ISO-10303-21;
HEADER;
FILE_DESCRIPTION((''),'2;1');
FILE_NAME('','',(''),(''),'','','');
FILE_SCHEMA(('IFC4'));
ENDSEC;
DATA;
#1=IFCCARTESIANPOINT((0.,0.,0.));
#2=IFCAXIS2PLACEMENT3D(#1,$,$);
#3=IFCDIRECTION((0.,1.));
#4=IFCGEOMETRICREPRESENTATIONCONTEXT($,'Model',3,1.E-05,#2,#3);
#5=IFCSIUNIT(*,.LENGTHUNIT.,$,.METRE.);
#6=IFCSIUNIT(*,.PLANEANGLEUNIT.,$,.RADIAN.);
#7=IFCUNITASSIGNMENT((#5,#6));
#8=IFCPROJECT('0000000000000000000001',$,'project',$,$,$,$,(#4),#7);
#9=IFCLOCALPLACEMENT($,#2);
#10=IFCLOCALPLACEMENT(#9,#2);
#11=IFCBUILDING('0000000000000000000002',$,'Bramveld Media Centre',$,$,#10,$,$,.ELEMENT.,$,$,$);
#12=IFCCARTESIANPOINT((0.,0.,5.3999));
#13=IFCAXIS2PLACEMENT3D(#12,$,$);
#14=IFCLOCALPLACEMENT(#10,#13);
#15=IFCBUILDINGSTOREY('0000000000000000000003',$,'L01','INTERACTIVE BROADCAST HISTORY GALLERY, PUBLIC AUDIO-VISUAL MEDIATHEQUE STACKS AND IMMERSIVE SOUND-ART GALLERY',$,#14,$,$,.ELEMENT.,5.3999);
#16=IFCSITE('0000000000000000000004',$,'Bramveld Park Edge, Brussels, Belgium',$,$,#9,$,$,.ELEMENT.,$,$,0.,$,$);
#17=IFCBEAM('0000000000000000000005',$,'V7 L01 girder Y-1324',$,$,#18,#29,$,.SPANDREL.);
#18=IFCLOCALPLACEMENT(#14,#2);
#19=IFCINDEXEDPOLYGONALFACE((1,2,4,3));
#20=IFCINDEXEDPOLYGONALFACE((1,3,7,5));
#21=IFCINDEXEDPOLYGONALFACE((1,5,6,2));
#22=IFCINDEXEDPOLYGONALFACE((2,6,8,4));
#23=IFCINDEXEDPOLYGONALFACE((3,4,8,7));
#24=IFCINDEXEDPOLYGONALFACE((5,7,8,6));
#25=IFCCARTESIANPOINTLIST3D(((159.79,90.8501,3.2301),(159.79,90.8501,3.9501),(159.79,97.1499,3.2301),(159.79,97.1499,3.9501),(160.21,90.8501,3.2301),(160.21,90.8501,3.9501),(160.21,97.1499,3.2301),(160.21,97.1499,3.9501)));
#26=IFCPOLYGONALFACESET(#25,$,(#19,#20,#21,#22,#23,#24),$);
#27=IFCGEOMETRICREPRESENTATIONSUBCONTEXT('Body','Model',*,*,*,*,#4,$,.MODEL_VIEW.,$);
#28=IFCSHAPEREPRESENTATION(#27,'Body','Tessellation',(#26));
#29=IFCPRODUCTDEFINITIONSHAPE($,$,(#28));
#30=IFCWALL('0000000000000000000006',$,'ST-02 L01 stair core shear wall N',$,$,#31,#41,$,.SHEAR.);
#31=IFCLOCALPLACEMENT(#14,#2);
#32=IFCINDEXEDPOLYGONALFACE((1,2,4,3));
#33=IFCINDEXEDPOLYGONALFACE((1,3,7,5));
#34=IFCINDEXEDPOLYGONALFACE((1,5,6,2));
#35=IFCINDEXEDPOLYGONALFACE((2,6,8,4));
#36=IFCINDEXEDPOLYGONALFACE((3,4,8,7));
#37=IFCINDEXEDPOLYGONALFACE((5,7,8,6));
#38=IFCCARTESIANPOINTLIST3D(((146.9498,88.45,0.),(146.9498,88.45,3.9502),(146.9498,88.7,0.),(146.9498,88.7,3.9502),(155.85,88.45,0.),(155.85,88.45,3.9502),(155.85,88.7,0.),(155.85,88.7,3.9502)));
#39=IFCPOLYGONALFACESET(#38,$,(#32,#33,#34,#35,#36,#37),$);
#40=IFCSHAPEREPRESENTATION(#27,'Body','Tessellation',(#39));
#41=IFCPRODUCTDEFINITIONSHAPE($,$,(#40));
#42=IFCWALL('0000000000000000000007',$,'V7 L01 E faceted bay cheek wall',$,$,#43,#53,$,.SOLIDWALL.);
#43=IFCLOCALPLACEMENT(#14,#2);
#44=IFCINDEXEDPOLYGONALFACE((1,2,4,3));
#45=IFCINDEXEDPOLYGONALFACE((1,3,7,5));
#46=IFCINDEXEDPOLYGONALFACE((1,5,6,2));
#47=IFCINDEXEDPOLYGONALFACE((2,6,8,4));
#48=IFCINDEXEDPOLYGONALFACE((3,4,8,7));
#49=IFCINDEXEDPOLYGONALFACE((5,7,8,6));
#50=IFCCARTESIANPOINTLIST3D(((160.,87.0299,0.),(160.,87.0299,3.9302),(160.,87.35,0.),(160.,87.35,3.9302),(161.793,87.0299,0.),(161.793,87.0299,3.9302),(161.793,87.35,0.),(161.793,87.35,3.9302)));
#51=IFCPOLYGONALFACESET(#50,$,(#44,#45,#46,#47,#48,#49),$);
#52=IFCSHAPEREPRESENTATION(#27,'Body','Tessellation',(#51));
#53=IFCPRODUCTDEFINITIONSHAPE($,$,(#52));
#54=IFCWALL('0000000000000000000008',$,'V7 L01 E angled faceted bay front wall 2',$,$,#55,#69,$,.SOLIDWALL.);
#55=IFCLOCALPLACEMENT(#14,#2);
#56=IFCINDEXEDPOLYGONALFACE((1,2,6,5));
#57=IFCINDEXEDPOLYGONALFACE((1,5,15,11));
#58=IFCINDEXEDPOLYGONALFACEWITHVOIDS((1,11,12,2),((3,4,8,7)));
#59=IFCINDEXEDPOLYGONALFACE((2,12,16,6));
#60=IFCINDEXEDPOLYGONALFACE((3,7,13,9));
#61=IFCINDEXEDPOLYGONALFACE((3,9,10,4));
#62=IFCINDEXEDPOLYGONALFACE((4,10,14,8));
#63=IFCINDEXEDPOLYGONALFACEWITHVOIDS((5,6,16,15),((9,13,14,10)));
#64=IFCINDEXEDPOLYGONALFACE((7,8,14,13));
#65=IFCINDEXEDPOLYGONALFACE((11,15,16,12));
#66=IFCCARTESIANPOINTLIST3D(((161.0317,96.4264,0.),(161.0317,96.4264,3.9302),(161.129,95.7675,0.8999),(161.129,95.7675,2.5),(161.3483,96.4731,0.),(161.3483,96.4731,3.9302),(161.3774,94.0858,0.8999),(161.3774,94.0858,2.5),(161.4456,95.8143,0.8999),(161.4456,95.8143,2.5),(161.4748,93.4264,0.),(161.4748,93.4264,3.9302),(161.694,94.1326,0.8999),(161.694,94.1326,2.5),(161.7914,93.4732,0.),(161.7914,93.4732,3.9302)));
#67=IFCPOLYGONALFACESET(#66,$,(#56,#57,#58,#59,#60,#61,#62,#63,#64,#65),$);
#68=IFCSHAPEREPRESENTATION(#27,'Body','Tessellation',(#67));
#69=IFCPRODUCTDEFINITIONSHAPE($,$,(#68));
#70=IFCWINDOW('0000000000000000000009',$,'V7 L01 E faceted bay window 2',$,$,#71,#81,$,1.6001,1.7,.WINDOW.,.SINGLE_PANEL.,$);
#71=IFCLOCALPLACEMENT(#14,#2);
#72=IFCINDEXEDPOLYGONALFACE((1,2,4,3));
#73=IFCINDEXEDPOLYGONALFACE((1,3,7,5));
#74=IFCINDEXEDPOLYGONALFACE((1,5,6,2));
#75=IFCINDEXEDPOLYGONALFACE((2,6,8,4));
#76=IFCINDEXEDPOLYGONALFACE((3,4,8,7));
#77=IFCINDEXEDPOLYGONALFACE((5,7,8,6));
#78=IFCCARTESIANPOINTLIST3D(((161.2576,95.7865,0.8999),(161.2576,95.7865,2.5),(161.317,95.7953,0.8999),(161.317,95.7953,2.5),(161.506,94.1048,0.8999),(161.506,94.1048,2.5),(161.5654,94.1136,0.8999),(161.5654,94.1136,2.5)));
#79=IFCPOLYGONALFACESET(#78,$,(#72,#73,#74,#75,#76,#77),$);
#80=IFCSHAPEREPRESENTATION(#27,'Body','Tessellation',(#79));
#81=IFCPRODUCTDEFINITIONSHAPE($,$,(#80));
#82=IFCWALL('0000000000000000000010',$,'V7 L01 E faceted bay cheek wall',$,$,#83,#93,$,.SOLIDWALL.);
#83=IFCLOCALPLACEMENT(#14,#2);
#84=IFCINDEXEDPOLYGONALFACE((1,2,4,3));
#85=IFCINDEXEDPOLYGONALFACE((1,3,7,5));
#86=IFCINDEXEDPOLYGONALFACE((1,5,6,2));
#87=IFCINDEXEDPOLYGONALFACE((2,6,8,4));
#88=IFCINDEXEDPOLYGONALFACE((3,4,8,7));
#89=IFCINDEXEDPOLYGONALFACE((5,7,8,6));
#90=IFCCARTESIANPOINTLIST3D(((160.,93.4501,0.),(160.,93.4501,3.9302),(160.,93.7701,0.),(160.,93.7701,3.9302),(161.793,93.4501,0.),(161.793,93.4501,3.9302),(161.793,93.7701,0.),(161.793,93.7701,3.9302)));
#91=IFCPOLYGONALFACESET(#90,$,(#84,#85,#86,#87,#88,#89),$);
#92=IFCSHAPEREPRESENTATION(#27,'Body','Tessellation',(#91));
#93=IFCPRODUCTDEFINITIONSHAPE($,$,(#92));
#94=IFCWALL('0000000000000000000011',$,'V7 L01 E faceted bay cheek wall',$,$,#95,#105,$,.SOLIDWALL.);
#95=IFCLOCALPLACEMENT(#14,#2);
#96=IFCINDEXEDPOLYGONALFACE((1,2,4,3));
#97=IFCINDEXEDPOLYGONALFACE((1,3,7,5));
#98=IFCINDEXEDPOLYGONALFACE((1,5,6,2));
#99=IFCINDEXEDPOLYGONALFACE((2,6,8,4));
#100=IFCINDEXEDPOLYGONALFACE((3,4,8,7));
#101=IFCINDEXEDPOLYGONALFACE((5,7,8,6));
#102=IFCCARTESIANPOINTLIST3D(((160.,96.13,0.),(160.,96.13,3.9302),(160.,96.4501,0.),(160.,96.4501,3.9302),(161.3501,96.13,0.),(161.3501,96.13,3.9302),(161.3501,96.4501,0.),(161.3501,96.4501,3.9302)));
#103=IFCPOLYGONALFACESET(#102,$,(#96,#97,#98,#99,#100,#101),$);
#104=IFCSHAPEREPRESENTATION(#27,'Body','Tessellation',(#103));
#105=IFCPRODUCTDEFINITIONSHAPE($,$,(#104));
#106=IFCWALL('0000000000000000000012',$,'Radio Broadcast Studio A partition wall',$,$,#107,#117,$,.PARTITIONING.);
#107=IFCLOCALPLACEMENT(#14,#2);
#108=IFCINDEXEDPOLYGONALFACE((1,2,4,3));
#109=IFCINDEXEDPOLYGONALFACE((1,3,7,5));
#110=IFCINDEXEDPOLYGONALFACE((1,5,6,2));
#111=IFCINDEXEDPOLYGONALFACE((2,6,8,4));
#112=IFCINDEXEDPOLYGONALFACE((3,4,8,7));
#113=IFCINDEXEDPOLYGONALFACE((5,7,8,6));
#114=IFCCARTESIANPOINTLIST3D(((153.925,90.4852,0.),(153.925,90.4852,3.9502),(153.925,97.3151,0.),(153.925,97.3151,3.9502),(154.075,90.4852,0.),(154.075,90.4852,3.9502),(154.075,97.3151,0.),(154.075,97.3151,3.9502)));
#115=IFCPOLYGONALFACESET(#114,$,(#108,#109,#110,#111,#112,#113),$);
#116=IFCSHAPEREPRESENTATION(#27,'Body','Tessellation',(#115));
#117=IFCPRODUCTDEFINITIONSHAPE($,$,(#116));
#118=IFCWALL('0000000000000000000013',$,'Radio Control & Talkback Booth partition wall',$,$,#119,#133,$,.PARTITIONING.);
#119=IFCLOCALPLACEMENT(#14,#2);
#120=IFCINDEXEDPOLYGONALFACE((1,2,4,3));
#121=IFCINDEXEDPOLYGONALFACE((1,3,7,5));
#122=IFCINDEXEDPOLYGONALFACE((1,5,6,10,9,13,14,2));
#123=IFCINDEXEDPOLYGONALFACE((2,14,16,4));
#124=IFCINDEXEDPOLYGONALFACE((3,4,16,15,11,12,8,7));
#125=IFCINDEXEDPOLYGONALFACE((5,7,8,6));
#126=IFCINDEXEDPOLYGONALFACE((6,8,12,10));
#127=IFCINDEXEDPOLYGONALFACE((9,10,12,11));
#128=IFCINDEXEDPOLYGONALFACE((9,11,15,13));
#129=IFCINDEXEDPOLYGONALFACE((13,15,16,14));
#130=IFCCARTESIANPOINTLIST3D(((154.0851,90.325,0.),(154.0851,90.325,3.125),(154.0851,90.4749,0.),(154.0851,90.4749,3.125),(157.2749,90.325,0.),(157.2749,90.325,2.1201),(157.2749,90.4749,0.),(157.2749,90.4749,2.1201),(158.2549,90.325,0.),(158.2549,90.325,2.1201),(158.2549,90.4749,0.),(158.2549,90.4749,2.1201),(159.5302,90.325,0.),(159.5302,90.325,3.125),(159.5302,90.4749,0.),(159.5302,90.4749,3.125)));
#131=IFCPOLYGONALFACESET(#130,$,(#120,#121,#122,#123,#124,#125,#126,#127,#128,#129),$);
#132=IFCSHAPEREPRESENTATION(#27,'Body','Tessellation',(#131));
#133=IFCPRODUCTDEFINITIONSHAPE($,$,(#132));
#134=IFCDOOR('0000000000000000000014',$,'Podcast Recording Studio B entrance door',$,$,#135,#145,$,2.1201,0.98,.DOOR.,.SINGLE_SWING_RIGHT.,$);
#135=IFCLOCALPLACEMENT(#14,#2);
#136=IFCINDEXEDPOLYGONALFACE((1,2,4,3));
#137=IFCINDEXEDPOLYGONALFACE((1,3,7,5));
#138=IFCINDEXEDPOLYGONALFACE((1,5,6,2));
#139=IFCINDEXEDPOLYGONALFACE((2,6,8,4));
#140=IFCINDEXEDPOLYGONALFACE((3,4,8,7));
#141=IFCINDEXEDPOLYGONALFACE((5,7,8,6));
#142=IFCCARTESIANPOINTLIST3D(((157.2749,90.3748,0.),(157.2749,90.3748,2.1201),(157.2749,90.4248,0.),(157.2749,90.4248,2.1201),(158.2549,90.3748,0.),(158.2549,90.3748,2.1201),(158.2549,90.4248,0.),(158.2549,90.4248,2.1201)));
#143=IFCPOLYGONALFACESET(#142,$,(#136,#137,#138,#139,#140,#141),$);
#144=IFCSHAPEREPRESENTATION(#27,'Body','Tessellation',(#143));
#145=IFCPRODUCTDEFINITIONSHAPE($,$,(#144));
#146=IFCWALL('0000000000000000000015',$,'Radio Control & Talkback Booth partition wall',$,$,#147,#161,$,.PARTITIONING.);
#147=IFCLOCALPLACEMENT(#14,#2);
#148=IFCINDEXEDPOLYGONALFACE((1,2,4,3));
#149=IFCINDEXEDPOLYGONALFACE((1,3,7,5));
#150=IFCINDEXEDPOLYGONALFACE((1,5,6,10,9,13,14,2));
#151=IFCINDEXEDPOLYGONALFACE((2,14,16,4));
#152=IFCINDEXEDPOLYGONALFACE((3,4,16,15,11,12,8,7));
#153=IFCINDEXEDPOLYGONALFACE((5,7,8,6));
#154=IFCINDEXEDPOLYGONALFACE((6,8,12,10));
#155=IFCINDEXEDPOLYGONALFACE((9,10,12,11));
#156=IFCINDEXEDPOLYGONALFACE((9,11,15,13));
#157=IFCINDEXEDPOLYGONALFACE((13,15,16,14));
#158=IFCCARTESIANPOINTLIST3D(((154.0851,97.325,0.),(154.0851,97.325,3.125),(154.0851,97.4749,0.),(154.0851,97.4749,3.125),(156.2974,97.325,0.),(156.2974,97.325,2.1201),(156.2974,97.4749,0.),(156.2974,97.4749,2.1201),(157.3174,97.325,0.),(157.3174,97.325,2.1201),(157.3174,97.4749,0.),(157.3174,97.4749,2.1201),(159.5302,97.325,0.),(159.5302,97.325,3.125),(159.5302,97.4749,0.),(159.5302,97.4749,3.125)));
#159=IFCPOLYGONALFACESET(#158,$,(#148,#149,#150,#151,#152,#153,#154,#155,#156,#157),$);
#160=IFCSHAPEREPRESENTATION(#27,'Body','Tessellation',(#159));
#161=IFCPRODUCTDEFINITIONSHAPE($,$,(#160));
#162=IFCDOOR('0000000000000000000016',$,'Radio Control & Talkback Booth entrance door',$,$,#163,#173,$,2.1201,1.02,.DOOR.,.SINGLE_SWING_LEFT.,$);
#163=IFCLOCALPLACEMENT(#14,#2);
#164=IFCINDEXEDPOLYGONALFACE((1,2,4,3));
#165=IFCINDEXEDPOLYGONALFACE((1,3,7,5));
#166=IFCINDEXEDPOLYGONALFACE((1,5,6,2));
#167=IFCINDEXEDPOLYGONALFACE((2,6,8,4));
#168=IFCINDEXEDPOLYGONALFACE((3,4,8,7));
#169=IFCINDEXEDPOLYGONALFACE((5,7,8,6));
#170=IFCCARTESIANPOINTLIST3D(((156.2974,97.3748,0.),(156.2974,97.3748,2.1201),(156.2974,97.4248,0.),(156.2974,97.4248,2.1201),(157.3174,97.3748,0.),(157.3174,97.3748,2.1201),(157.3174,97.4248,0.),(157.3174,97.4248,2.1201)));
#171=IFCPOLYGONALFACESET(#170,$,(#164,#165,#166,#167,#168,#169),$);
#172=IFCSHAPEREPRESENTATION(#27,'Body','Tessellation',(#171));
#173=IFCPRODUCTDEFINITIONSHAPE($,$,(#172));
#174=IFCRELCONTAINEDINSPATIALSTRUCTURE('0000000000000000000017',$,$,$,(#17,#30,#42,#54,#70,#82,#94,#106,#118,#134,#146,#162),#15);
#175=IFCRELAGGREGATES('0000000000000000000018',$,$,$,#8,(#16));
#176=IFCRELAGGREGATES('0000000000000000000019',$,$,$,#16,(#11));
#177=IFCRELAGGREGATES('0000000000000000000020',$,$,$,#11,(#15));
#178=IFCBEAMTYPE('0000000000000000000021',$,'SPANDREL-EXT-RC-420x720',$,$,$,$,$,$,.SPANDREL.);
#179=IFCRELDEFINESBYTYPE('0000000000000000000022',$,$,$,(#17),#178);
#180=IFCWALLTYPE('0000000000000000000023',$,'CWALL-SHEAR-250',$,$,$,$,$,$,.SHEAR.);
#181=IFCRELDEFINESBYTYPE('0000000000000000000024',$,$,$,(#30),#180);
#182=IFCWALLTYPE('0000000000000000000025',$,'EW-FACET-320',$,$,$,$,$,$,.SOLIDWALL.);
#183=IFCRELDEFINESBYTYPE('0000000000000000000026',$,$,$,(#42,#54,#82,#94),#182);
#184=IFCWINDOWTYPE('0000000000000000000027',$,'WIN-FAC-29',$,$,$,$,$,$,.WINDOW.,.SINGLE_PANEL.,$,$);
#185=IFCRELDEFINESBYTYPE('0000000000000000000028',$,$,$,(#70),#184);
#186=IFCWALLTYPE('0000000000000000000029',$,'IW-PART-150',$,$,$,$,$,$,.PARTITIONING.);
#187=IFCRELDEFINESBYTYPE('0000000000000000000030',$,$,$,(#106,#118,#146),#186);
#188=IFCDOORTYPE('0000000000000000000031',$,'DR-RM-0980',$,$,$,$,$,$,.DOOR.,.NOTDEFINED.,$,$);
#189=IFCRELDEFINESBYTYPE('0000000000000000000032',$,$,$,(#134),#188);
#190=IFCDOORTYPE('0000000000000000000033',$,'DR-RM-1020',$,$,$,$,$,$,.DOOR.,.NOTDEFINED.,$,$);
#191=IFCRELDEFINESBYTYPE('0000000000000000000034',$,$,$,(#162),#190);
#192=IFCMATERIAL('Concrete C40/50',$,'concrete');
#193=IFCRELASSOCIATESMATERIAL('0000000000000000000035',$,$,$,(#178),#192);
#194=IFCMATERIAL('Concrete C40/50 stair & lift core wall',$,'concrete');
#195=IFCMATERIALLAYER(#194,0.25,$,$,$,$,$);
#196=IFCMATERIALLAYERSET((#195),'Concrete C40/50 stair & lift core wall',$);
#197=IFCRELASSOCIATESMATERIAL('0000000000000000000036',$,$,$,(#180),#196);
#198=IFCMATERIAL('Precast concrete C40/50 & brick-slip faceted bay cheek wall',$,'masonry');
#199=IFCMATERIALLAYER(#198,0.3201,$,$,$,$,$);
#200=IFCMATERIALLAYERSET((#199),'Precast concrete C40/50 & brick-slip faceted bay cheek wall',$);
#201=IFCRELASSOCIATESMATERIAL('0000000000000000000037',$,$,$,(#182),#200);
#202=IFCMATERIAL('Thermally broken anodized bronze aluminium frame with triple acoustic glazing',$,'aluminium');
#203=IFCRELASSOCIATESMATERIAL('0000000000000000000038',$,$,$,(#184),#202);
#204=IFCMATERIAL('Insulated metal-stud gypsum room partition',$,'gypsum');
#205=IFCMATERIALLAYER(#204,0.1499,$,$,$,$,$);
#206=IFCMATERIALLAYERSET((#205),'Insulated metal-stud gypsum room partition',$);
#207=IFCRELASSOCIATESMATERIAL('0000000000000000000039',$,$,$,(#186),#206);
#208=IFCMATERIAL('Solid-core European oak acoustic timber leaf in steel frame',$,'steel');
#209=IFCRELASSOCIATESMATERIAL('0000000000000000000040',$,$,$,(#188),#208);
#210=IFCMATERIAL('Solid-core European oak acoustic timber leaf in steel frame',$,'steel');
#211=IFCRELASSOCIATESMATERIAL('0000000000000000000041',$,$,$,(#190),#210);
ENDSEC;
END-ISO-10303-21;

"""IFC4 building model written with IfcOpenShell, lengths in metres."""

from ifc_helpers import new_model, si_unit, direction, frame, frame_2d, origin, origin_2d, place, context, subcontext, project, spatial, rectangle, extrude, material, layer, layer_set, material_profile, profile_set, type_object, element, fill, save


model = new_model("IFC4")

# Units and contexts
model_context = context("Model", 3, precision=1e-05, world=origin(), true_north=direction((0.0, 1.0)))
body_context = subcontext(model_context, "Body", "Model", "MODEL_VIEW")
ifc_project = project(units=[si_unit("LENGTHUNIT", "METRE"), si_unit("PLANEANGLEUNIT", "RADIAN")], contexts=[model_context])

# Site, building, storey
site_placement = place(None, origin())
site = spatial("IfcSite", under=ifc_project, at=site_placement, Name="Bramveld Park Edge, Brussels, Belgium", CompositionType="ELEMENT", RefElevation=0.0)
building_placement = place(site_placement, origin())
building = spatial("IfcBuilding", under=site, at=building_placement, Name="Bramveld Media Centre", CompositionType="ELEMENT")
storey_placement = place(building_placement, frame((0.0, 0.0, 5.3999)))
storey = spatial("IfcBuildingStorey", under=building, at=storey_placement, Name="L01", Description="INTERACTIVE BROADCAST HISTORY GALLERY, PUBLIC AUDIO-VISUAL MEDIATHEQUE STACKS AND IMMERSIVE SOUND-ART GALLERY", CompositionType="ELEMENT", Elevation=5.3999)

# Beam
ifc_material_1 = material(Name="Concrete C40/50", Category="concrete")
ifc_material_profile_1 = material_profile(ifc_material_1, rectangle(XDim=0.4199, YDim=0.72, at=origin_2d()), Name="RC 420x720")
ifc_profile_set_1 = profile_set([ifc_material_profile_1], Name="Concrete C40/50")
beam_type_1 = type_object("IfcBeamType", Name="SPANDREL-EXT-RC-420x720", PredefinedType="SPANDREL", material=ifc_profile_set_1)
beam_1_placement = place(storey_placement, frame((160.0, 90.8501, 3.5901), z_axis=(0.0, 1.0, 0.0), x_axis=(-1.0, 0.0, 0.0)))
element("IfcBeam", 1, at=beam_1_placement, inside=storey, type_object=beam_type_1, Name="V7 L01 girder Y-1324", PredefinedType="SPANDREL", context=body_context, shape_type="SweptSolid", body=[
    extrude(rectangle(XDim=0.4199, YDim=0.72, at=origin_2d()), origin(), (0.0, 0.0, 1.0), 6.2998),
])

# Walls
ifc_material_2 = material(Name="Concrete C40/50 stair & lift core wall", Category="concrete")
ifc_layer_1 = layer(ifc_material_2, 0.25)
ifc_layer_set_1 = layer_set([ifc_layer_1], Name="Concrete C40/50 stair & lift core wall")
wall_type_1 = type_object("IfcWallType", Name="CWALL-SHEAR-250", PredefinedType="SHEAR", material=ifc_layer_set_1)
wall_1_placement = place(storey_placement, frame((155.8501, 88.575, 0.0), z_axis=(0.0, 0.0, 1.0), x_axis=(-1.0, 0.0, 0.0)))
element("IfcWall", 2, at=wall_1_placement, inside=storey, type_object=wall_type_1, Name="ST-02 L01 stair core shear wall N", PredefinedType="SHEAR", context=body_context, shape_type="SweptSolid", body=[
    extrude(rectangle(XDim=8.9001, YDim=0.25, at=frame_2d((4.4502, 0.0))), origin(), (0.0, 0.0, 1.0), 3.9502),
])
ifc_material_3 = material(Name="Precast concrete C40/50 & brick-slip faceted bay cheek wall", Category="masonry")
ifc_layer_2 = layer(ifc_material_3, 0.3201)
ifc_layer_set_2 = layer_set([ifc_layer_2], Name="Precast concrete C40/50 & brick-slip faceted bay cheek wall")
wall_type_2 = type_object("IfcWallType", Name="EW-FACET-320", PredefinedType="SOLIDWALL", material=ifc_layer_set_2)
wall_2_placement = place(storey_placement, frame((160.0, 87.1899, 0.0), z_axis=(0.0, 0.0, 1.0), x_axis=(1.0, 0.0, 0.0)))
element("IfcWall", 3, at=wall_2_placement, inside=storey, type_object=wall_type_2, Name="V7 L01 E faceted bay cheek wall", PredefinedType="SOLIDWALL", context=body_context, shape_type="SweptSolid", body=[
    extrude(rectangle(XDim=1.793, YDim=0.3201, at=frame_2d((0.8965, 0.0))), origin(), (0.0, 0.0, 1.0), 3.9302),
])

# Wall, opening, window
wall_3_placement = place(storey_placement, frame((161.6331, 93.45, 0.0), z_axis=(0.0, 0.0, 1.0), x_axis=(-0.14612, 0.989267, 0.0)))
wall_3 = element("IfcWall", 4, at=wall_3_placement, inside=storey, type_object=wall_type_2, Name="V7 L01 E angled faceted bay front wall 2", PredefinedType="SOLIDWALL", context=body_context, shape_type="SweptSolid", body=[
    extrude(rectangle(XDim=3.0325, YDim=0.3201, at=frame_2d((1.5161, 0.0))), origin(), (0.0, 0.0, 1.0), 3.9302),
])
opening_1_placement = place(wall_3_placement, frame((0.6663, 0.0, 0.8999)))
opening_1 = element("IfcOpeningElement", 5, at=opening_1_placement, cuts=wall_3, PredefinedType="OPENING", context=body_context, shape_type="SweptSolid", body=[
    extrude(rectangle(XDim=1.7, YDim=1.6001, at=frame_2d((0.8501, 0.8))), frame((0.0, 0.1719, 0.0), z_axis=(0.0, -1.0, 0.0), x_axis=(1.0, 0.0, 0.0)), (0.0, 0.0, 1.0), 0.344),
])
ifc_material_4 = material(Name="Thermally broken anodized bronze aluminium frame with triple acoustic glazing", Category="aluminium")
window_type = type_object("IfcWindowType", Name="WIN-FAC-29", PartitioningType="SINGLE_PANEL", PredefinedType="WINDOW", material=ifc_material_4)
window_placement = place(opening_1_placement, origin())
window = element("IfcWindow", 6, at=window_placement, inside=storey, type_object=window_type, Name="V7 L01 E faceted bay window 2", OverallHeight=1.6001, OverallWidth=1.7, PartitioningType="SINGLE_PANEL", PredefinedType="WINDOW", context=body_context, shape_type="SweptSolid", body=[
    extrude(rectangle(XDim=1.7, YDim=1.6001, at=frame_2d((0.8501, 0.8))), frame((0.0, 0.03, 0.0), z_axis=(0.0, -1.0, 0.0), x_axis=(1.0, 0.0, 0.0)), (0.0, 0.0, 1.0), 0.0601),
])
fill(opening_1, window)

# Walls
wall_4_placement = place(storey_placement, frame((160.0, 93.6101, 0.0), z_axis=(0.0, 0.0, 1.0), x_axis=(1.0, 0.0, 0.0)))
element("IfcWall", 7, at=wall_4_placement, inside=storey, type_object=wall_type_2, Name="V7 L01 E faceted bay cheek wall", PredefinedType="SOLIDWALL", context=body_context, shape_type="SweptSolid", body=[
    extrude(rectangle(XDim=1.793, YDim=0.3201, at=frame_2d((0.8965, 0.0))), origin(), (0.0, 0.0, 1.0), 3.9302),
])
wall_5_placement = place(storey_placement, frame((160.0, 96.29, 0.0), z_axis=(0.0, 0.0, 1.0), x_axis=(1.0, 0.0, 0.0)))
element("IfcWall", 8, at=wall_5_placement, inside=storey, type_object=wall_type_2, Name="V7 L01 E faceted bay cheek wall", PredefinedType="SOLIDWALL", context=body_context, shape_type="SweptSolid", body=[
    extrude(rectangle(XDim=1.3501, YDim=0.3201, at=frame_2d((0.675, 0.0))), origin(), (0.0, 0.0, 1.0), 3.9302),
])
ifc_material_5 = material(Name="Insulated metal-stud gypsum room partition", Category="gypsum")
ifc_layer_3 = layer(ifc_material_5, 0.1499)
ifc_layer_set_3 = layer_set([ifc_layer_3], Name="Insulated metal-stud gypsum room partition")
wall_type_3 = type_object("IfcWallType", Name="IW-PART-150", PredefinedType="PARTITIONING", material=ifc_layer_set_3)
wall_6_placement = place(storey_placement, frame((154.0, 90.4851, 0.0), z_axis=(0.0, 0.0, 1.0), x_axis=(0.0, 1.0, 0.0)))
element("IfcWall", 9, at=wall_6_placement, inside=storey, type_object=wall_type_3, Name="Radio Broadcast Studio A partition wall", PredefinedType="PARTITIONING", context=body_context, shape_type="SweptSolid", body=[
    extrude(rectangle(XDim=6.8298, YDim=0.1499, at=frame_2d((3.415, 0.0))), origin(), (0.0, 0.0, 1.0), 3.9502),
])

# Walls, openings, doors
wall_7_placement = place(storey_placement, frame((154.085, 90.3999, 0.0), z_axis=(0.0, 0.0, 1.0), x_axis=(1.0, 0.0, 0.0)))
wall_7 = element("IfcWall", 10, at=wall_7_placement, inside=storey, type_object=wall_type_3, Name="Radio Control & Talkback Booth partition wall", PredefinedType="PARTITIONING", context=body_context, shape_type="SweptSolid", body=[
    extrude(rectangle(XDim=5.4451, YDim=0.1499, at=frame_2d((2.7227, 0.0))), origin(), (0.0, 0.0, 1.0), 3.125),
])
opening_2_placement = place(wall_7_placement, frame((3.1899, 0.0, 0.0)))
opening_2 = element("IfcOpeningElement", 11, at=opening_2_placement, cuts=wall_7, PredefinedType="OPENING", context=body_context, shape_type="SweptSolid", body=[
    extrude(rectangle(XDim=0.98, YDim=2.1201, at=frame_2d((0.49, 1.0601))), frame((0.0, 0.0869, 0.0), z_axis=(0.0, -1.0, 0.0), x_axis=(1.0, 0.0, 0.0)), (0.0, 0.0, 1.0), 0.1738),
])
ifc_material_6 = material(Name="Solid-core European oak acoustic timber leaf in steel frame", Category="steel")
door_type_1 = type_object("IfcDoorType", Name="DR-RM-0980", OperationType="NOTDEFINED", PredefinedType="DOOR", material=ifc_material_6)
door_1_placement = place(opening_2_placement, origin())
door_1 = element("IfcDoor", 12, at=door_1_placement, inside=storey, type_object=door_type_1, Name="Podcast Recording Studio B entrance door", OperationType="SINGLE_SWING_RIGHT", OverallHeight=2.1201, OverallWidth=0.98, PredefinedType="DOOR", context=body_context, shape_type="SweptSolid", body=[
    extrude(rectangle(XDim=0.98, YDim=2.1201, at=frame_2d((0.49, 1.0601))), frame((0.0, 0.0249, 0.0), z_axis=(0.0, -1.0, 0.0), x_axis=(1.0, 0.0, 0.0)), (0.0, 0.0, 1.0), 0.05),
])
fill(opening_2, door_1)
wall_8_placement = place(storey_placement, frame((154.085, 97.3999, 0.0), z_axis=(0.0, 0.0, 1.0), x_axis=(1.0, 0.0, 0.0)))
wall_8 = element("IfcWall", 13, at=wall_8_placement, inside=storey, type_object=wall_type_3, Name="Radio Control & Talkback Booth partition wall", PredefinedType="PARTITIONING", context=body_context, shape_type="SweptSolid", body=[
    extrude(rectangle(XDim=5.4451, YDim=0.1499, at=frame_2d((2.7227, 0.0))), origin(), (0.0, 0.0, 1.0), 3.125),
])
opening_3_placement = place(wall_8_placement, frame((2.2124, 0.0, 0.0)))
opening_3 = element("IfcOpeningElement", 14, at=opening_3_placement, cuts=wall_8, PredefinedType="OPENING", context=body_context, shape_type="SweptSolid", body=[
    extrude(rectangle(XDim=1.02, YDim=2.1201, at=frame_2d((0.51, 1.0601))), frame((0.0, 0.0869, 0.0), z_axis=(0.0, -1.0, 0.0), x_axis=(1.0, 0.0, 0.0)), (0.0, 0.0, 1.0), 0.1738),
])
ifc_material_7 = material(Name="Solid-core European oak acoustic timber leaf in steel frame", Category="steel")
door_type_2 = type_object("IfcDoorType", Name="DR-RM-1020", OperationType="NOTDEFINED", PredefinedType="DOOR", material=ifc_material_7)
door_2_placement = place(opening_3_placement, origin())
door_2 = element("IfcDoor", 15, at=door_2_placement, inside=storey, type_object=door_type_2, Name="Radio Control & Talkback Booth entrance door", OperationType="SINGLE_SWING_LEFT", OverallHeight=2.1201, OverallWidth=1.02, PredefinedType="DOOR", context=body_context, shape_type="SweptSolid", body=[
    extrude(rectangle(XDim=1.02, YDim=2.1201, at=frame_2d((0.51, 1.0601))), frame((0.0, 0.0249, 0.0), z_axis=(0.0, -1.0, 0.0), x_axis=(1.0, 0.0, 0.0)), (0.0, 0.0, 1.0), 0.05),
])
fill(opening_3, door_2)

save(model, "model.ifc")
